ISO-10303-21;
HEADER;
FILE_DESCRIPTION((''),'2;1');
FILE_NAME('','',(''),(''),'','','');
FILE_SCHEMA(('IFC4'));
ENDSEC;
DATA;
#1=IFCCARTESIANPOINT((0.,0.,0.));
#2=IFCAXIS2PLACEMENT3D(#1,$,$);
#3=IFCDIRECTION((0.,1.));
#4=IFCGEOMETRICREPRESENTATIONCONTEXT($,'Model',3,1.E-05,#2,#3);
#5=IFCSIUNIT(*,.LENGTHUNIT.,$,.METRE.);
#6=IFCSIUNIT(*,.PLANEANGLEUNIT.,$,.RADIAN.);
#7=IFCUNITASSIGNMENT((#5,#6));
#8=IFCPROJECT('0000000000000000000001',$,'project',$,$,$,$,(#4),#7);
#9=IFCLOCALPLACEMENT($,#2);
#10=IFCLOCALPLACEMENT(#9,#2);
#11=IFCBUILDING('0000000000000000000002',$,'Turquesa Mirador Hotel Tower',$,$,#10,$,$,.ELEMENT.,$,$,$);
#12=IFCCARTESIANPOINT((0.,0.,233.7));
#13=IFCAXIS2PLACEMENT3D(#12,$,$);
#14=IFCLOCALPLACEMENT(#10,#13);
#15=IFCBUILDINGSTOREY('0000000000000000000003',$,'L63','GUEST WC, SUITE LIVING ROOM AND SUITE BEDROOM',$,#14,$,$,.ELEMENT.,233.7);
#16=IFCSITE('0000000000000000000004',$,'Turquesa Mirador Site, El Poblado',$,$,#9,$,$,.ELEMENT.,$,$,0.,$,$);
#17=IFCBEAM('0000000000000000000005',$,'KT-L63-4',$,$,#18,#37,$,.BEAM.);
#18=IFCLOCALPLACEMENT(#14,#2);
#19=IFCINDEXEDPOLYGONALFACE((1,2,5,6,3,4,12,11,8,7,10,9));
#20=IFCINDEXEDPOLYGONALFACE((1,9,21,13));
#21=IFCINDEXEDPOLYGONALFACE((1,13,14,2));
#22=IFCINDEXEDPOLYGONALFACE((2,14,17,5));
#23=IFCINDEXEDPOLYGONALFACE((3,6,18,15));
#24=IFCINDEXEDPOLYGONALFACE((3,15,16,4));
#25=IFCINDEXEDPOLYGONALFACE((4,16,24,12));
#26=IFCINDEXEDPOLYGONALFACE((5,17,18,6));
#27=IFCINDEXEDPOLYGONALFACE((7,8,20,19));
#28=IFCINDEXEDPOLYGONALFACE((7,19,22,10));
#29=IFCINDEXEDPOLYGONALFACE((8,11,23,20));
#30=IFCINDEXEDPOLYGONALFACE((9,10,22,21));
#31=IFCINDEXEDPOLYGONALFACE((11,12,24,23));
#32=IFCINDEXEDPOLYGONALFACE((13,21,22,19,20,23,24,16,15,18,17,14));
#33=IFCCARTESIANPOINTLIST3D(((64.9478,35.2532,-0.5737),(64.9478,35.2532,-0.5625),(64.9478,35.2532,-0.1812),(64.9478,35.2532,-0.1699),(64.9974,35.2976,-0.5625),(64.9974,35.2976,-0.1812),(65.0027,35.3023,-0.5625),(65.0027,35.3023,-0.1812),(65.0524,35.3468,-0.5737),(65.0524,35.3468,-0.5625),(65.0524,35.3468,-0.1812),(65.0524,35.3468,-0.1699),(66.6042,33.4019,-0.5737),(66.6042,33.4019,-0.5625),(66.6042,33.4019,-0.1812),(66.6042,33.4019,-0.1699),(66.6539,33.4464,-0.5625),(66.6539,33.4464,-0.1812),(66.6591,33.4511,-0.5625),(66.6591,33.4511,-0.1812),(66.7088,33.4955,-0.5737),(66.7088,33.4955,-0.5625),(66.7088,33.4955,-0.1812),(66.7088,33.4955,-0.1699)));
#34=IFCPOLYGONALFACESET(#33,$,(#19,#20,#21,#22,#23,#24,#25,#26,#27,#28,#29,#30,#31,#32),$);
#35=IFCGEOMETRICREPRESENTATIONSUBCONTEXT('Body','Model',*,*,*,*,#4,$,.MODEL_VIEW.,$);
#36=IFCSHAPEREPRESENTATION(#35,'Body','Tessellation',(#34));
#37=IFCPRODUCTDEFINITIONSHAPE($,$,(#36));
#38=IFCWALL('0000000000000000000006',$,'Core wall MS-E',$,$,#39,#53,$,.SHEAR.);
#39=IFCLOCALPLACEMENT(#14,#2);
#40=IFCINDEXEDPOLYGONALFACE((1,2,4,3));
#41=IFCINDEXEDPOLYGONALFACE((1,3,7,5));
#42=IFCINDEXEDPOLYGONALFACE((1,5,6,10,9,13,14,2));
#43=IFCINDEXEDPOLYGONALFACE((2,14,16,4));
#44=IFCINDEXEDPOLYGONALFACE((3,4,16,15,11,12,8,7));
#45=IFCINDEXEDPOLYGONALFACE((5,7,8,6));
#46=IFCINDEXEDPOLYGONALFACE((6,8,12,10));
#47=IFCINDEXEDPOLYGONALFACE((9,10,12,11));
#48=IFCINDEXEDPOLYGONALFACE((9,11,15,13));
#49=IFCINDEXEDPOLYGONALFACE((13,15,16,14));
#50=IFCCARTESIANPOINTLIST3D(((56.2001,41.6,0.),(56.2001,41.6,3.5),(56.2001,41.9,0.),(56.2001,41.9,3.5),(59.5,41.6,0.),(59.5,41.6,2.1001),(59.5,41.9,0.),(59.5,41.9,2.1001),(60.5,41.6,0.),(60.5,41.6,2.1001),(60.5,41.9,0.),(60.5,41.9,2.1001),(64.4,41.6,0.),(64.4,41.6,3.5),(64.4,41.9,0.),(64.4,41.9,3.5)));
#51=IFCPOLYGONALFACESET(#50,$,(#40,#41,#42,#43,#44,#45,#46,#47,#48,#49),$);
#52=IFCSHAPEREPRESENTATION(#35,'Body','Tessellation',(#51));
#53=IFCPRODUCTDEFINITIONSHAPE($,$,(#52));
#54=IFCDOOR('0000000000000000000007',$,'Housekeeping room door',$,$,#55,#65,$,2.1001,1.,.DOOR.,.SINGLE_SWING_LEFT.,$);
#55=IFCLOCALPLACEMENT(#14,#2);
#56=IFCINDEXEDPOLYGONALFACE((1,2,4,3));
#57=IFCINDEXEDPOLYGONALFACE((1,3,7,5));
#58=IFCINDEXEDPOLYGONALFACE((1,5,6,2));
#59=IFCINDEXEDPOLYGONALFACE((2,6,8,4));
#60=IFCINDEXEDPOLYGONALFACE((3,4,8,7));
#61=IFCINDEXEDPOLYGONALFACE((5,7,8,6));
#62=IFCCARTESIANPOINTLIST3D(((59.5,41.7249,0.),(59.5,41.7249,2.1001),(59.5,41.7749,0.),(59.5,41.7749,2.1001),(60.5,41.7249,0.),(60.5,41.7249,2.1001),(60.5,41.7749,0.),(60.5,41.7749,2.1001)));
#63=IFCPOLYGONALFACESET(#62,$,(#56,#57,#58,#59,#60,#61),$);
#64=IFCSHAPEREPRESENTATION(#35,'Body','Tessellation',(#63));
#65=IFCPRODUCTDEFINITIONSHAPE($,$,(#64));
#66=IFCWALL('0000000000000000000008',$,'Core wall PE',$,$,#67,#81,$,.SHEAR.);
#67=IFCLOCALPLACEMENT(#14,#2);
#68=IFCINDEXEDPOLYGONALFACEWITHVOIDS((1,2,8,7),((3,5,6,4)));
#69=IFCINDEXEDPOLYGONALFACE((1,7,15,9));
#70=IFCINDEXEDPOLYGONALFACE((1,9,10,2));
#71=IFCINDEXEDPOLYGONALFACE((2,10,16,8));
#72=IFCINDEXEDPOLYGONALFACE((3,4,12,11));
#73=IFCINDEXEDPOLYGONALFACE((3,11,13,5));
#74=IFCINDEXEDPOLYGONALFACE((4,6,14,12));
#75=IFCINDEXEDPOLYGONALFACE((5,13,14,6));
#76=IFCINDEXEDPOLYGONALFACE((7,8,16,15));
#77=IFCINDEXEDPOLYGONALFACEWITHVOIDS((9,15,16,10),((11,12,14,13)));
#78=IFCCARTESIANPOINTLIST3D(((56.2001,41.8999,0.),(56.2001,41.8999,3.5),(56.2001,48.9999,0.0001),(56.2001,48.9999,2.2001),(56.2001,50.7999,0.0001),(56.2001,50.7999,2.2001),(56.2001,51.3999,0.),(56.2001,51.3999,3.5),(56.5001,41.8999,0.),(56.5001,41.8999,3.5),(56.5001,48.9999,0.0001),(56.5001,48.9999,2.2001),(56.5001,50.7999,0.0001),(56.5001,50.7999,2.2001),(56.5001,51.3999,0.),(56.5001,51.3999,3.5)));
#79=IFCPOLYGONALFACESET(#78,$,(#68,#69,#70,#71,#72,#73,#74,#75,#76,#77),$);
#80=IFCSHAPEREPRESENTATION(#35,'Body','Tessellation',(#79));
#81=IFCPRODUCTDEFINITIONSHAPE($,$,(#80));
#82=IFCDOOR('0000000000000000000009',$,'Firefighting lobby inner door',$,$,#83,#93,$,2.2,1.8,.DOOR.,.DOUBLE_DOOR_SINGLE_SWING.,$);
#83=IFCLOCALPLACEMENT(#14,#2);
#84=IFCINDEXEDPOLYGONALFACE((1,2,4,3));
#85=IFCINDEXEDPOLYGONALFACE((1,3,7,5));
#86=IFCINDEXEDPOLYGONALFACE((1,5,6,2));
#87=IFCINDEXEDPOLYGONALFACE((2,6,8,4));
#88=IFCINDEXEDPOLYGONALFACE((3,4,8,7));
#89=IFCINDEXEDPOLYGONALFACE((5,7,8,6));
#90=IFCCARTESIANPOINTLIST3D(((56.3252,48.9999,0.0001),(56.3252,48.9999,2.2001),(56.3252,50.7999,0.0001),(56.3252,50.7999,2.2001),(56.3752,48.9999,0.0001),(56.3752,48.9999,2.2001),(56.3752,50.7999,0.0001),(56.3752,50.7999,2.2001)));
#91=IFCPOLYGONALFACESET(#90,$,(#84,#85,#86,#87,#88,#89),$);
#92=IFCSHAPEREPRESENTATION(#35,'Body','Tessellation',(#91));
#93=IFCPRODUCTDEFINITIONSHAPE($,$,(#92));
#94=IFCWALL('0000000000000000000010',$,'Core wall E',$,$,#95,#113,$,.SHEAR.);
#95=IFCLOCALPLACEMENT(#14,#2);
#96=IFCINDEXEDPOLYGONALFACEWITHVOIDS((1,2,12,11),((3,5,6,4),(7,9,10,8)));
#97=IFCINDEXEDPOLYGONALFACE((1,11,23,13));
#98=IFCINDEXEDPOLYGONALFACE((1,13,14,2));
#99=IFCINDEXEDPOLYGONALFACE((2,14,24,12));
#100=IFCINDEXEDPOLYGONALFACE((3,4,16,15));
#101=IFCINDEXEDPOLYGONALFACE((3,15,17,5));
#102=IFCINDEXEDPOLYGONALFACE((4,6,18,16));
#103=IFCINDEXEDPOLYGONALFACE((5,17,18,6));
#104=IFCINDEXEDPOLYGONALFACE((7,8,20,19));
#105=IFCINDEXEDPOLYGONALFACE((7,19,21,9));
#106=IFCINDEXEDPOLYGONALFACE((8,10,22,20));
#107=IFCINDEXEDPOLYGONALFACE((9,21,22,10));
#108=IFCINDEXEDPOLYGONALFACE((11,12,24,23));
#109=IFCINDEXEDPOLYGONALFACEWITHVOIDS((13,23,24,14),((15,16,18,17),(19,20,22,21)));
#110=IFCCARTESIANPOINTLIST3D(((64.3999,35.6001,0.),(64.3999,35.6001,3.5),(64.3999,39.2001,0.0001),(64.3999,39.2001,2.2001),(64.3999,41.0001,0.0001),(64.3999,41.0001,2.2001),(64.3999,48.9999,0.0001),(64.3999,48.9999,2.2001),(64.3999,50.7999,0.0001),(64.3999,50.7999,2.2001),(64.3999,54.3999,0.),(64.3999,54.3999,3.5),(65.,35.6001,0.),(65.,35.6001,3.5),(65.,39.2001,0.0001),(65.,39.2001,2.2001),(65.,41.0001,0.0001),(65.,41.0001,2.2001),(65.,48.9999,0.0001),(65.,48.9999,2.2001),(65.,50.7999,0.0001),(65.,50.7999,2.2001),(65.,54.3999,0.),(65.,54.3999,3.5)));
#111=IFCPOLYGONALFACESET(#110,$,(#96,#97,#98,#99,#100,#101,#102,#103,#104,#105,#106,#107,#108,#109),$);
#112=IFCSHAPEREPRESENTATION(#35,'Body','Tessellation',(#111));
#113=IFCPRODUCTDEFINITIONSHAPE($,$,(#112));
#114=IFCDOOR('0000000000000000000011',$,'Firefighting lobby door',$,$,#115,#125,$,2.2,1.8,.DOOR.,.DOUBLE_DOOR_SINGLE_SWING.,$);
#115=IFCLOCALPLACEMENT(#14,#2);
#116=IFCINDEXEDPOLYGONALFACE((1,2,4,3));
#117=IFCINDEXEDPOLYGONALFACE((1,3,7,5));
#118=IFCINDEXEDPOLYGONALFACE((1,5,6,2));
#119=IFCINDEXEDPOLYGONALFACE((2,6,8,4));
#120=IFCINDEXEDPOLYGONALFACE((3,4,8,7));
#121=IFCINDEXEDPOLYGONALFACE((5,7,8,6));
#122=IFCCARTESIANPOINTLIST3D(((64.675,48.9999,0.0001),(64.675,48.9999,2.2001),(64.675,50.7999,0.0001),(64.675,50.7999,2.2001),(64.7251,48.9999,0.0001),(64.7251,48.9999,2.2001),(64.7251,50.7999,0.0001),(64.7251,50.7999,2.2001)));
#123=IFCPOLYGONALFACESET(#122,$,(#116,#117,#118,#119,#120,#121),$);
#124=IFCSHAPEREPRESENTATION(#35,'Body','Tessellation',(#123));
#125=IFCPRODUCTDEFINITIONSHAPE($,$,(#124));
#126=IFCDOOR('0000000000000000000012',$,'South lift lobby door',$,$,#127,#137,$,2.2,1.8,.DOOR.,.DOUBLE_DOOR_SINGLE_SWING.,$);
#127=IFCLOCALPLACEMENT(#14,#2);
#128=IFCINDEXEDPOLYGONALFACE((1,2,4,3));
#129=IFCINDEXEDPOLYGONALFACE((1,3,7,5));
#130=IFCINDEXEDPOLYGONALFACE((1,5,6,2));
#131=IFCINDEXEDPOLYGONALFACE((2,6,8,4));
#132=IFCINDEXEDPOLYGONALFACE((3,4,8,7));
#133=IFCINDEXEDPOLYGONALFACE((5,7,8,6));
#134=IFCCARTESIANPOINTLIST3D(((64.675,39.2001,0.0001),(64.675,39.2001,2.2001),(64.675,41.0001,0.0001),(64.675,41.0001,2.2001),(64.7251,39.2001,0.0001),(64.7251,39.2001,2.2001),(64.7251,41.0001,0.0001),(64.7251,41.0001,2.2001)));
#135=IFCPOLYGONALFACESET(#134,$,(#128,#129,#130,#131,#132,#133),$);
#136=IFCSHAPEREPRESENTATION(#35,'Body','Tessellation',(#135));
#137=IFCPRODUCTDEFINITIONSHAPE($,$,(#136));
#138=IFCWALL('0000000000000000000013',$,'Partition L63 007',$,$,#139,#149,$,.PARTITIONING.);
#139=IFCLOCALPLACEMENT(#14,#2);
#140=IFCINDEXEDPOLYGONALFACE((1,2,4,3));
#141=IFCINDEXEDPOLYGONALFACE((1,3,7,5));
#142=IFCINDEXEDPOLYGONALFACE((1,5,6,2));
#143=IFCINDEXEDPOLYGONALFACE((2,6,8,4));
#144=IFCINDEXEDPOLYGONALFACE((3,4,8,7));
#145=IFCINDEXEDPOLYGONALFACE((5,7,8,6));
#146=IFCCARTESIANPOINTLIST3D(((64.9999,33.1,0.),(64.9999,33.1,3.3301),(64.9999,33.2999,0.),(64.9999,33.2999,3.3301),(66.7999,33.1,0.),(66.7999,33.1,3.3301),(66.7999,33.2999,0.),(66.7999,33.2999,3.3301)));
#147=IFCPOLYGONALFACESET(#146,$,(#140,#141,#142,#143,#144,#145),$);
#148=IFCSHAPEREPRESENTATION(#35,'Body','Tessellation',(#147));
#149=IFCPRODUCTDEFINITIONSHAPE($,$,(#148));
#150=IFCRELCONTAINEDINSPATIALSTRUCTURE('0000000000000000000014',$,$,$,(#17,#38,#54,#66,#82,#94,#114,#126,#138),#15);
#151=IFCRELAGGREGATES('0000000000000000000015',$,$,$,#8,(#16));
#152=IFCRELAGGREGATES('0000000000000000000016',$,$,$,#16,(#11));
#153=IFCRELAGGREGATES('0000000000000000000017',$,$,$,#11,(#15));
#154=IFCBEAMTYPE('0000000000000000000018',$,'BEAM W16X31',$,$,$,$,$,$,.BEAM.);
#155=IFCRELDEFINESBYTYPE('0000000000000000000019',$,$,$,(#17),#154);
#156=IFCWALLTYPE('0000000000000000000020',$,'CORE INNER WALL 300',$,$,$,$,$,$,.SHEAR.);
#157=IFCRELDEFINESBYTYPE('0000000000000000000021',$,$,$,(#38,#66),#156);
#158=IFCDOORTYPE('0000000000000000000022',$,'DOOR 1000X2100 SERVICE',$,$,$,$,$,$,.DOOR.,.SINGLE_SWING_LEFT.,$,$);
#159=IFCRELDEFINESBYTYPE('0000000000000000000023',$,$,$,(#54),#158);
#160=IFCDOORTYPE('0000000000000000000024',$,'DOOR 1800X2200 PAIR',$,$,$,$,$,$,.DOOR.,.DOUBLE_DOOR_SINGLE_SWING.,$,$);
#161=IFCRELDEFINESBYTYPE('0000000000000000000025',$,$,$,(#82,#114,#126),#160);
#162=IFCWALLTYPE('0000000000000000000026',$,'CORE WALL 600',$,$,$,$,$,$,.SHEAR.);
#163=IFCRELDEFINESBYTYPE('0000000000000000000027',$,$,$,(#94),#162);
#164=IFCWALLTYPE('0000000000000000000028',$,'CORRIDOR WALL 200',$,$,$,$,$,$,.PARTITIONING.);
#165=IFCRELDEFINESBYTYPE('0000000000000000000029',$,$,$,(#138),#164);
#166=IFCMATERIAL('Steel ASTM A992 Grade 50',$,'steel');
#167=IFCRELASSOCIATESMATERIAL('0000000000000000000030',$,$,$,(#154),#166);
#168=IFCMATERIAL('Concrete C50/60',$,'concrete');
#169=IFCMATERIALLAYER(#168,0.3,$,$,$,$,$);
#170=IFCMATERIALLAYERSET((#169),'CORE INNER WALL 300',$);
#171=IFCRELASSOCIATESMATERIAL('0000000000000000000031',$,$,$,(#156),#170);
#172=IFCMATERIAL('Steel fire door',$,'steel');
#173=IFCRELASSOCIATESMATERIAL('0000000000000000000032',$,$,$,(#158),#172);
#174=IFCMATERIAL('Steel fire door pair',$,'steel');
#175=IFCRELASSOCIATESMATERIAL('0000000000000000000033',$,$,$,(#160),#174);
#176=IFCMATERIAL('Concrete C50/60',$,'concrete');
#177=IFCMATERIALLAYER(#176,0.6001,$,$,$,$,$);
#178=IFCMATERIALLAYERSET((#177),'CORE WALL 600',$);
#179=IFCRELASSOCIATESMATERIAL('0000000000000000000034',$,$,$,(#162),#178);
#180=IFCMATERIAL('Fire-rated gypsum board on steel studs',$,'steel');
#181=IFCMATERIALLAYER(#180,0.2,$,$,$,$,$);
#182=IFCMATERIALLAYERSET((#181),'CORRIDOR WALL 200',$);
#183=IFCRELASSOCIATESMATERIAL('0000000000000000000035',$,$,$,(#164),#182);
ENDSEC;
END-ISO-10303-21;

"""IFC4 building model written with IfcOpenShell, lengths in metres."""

from ifc_helpers import new_model, si_unit, direction, frame, frame_2d, origin, origin_2d, place, context, subcontext, project, spatial, rectangle, i_section, extrude, material, layer, layer_set, material_profile, profile_set, type_object, element, fill, save


model = new_model("IFC4")

# Units and contexts
model_context = context("Model", 3, precision=1e-05, world=origin(), true_north=direction((0.0, 1.0)))
body_context = subcontext(model_context, "Body", "Model", "MODEL_VIEW")
ifc_project = project(units=[si_unit("LENGTHUNIT", "METRE"), si_unit("PLANEANGLEUNIT", "RADIAN")], contexts=[model_context])

# Site, building, storey
site_placement = place(None, origin())
site = spatial("IfcSite", under=ifc_project, at=site_placement, Name="Turquesa Mirador Site, El Poblado", CompositionType="ELEMENT", RefElevation=0.0)
building_placement = place(site_placement, origin())
building = spatial("IfcBuilding", under=site, at=building_placement, Name="Turquesa Mirador Hotel Tower", CompositionType="ELEMENT")
storey_placement = place(building_placement, frame((0.0, 0.0, 233.7)))
storey = spatial("IfcBuildingStorey", under=building, at=storey_placement, Name="L63", Description="GUEST WC, SUITE LIVING ROOM AND SUITE BEDROOM", CompositionType="ELEMENT", Elevation=233.7)

# Beam
ifc_material_1 = material(Name="Steel ASTM A992 Grade 50", Category="steel")
ifc_material_profile = material_profile(ifc_material_1, i_section(OverallWidth=0.1404, OverallDepth=0.4038, WebThickness=0.0071, FlangeThickness=0.0112, at=origin_2d()), Name="W16X31")
ifc_profile_set = profile_set([ifc_material_profile], Name="Steel ASTM A992 Grade 50")
beam_type = type_object("IfcBeamType", Name="BEAM W16X31", PredefinedType="BEAM", material=ifc_profile_set)
beam_placement = place(storey_placement, frame((66.6565, 33.4487, -0.3718), z_axis=(-0.666806, 0.745231, 0.0), x_axis=(-0.745231, -0.666806, 0.0)))
element("IfcBeam", 1, at=beam_placement, inside=storey, type_object=beam_type, Name="KT-L63-4", PredefinedType="BEAM", context=body_context, shape_type="SweptSolid", body=[
    extrude(i_section(OverallWidth=0.1404, OverallDepth=0.4038, WebThickness=0.0071, FlangeThickness=0.0112, at=origin_2d()), origin(), (0.0, 0.0, 1.0), 2.4841),
])

# Walls, openings, doors
ifc_material_2 = material(Name="Concrete C50/60", Category="concrete")
ifc_layer_1 = layer(ifc_material_2, 0.3)
ifc_layer_set_1 = layer_set([ifc_layer_1], Name="CORE INNER WALL 300")
wall_type_1 = type_object("IfcWallType", Name="CORE INNER WALL 300", PredefinedType="SHEAR", material=ifc_layer_set_1)
wall_1_placement = place(storey_placement, frame((56.2, 41.75, 0.0), z_axis=(0.0, 0.0, 1.0), x_axis=(1.0, 0.0, 0.0)))
wall_1 = element("IfcWall", 2, at=wall_1_placement, inside=storey, type_object=wall_type_1, Name="Core wall MS-E", PredefinedType="SHEAR", context=body_context, shape_type="SweptSolid", body=[
    extrude(rectangle(XDim=8.2, YDim=0.3, at=frame_2d((4.1001, 0.0))), origin(), (0.0, 0.0, 1.0), 3.5),
])
opening_1_placement = place(wall_1_placement, frame((3.3, 0.0, 0.0)))
opening_1 = element("IfcOpeningElement", 3, at=opening_1_placement, cuts=wall_1, PredefinedType="OPENING", context=body_context, shape_type="SweptSolid", body=[
    extrude(rectangle(XDim=1.0, YDim=2.1001, at=frame_2d((0.5, 1.05))), frame((0.0, 0.1599, 0.0), z_axis=(0.0, -1.0, 0.0), x_axis=(1.0, 0.0, 0.0)), (0.0, 0.0, 1.0), 0.3201),
])
ifc_material_3 = material(Name="Steel fire door", Category="steel")
door_type_1 = type_object("IfcDoorType", Name="DOOR 1000X2100 SERVICE", OperationType="SINGLE_SWING_LEFT", PredefinedType="DOOR", material=ifc_material_3)
door_1_placement = place(opening_1_placement, origin())
door_1 = element("IfcDoor", 4, at=door_1_placement, inside=storey, type_object=door_type_1, Name="Housekeeping room door", OperationType="SINGLE_SWING_LEFT", OverallHeight=2.1001, OverallWidth=1.0, PredefinedType="DOOR", context=body_context, shape_type="SweptSolid", body=[
    extrude(rectangle(XDim=1.0, YDim=2.1001, at=frame_2d((0.5, 1.05))), frame((0.0, 0.0249, 0.0), z_axis=(0.0, -1.0, 0.0), x_axis=(1.0, 0.0, 0.0)), (0.0, 0.0, 1.0), 0.05),
])
fill(opening_1, door_1)
wall_2_placement = place(storey_placement, frame((56.3501, 41.8999, 0.0), z_axis=(0.0, 0.0, 1.0), x_axis=(0.0, 1.0, 0.0)))
wall_2 = element("IfcWall", 5, at=wall_2_placement, inside=storey, type_object=wall_type_1, Name="Core wall PE", PredefinedType="SHEAR", context=body_context, shape_type="SweptSolid", body=[
    extrude(rectangle(XDim=9.5, YDim=0.3, at=frame_2d((4.75, 0.0))), origin(), (0.0, 0.0, 1.0), 3.5),
])
opening_2_placement = place(wall_2_placement, frame((7.1001, 0.0, 0.0)))
opening_2 = element("IfcOpeningElement", 6, at=opening_2_placement, cuts=wall_2, PredefinedType="OPENING", context=body_context, shape_type="SweptSolid", body=[
    extrude(rectangle(XDim=1.8, YDim=2.2, at=frame_2d((0.8999, 1.1001))), frame((0.0, 0.1599, 0.0), z_axis=(0.0, -1.0, 0.0), x_axis=(1.0, 0.0, 0.0)), (0.0, 0.0, 1.0), 0.3201),
])
ifc_material_4 = material(Name="Steel fire door pair", Category="steel")
door_type_2 = type_object("IfcDoorType", Name="DOOR 1800X2200 PAIR", OperationType="DOUBLE_DOOR_SINGLE_SWING", PredefinedType="DOOR", material=ifc_material_4)
door_2_placement = place(opening_2_placement, origin())
door_2 = element("IfcDoor", 7, at=door_2_placement, inside=storey, type_object=door_type_2, Name="Firefighting lobby inner door", OperationType="DOUBLE_DOOR_SINGLE_SWING", OverallHeight=2.2, OverallWidth=1.8, PredefinedType="DOOR", context=body_context, shape_type="SweptSolid", body=[
    extrude(rectangle(XDim=1.8, YDim=2.2, at=frame_2d((0.8999, 1.1001))), frame((0.0, 0.0249, 0.0), z_axis=(0.0, -1.0, 0.0), x_axis=(1.0, 0.0, 0.0)), (0.0, 0.0, 1.0), 0.05),
])
fill(opening_2, door_2)

# Wall, openings, doors
ifc_material_5 = material(Name="Concrete C50/60", Category="concrete")
ifc_layer_2 = layer(ifc_material_5, 0.6001)
ifc_layer_set_2 = layer_set([ifc_layer_2], Name="CORE WALL 600")
wall_type_2 = type_object("IfcWallType", Name="CORE WALL 600", PredefinedType="SHEAR", material=ifc_layer_set_2)
wall_3_placement = place(storey_placement, frame((64.7, 35.6001, 0.0), z_axis=(0.0, 0.0, 1.0), x_axis=(0.0, 1.0, 0.0)))
wall_3 = element("IfcWall", 8, at=wall_3_placement, inside=storey, type_object=wall_type_2, Name="Core wall E", PredefinedType="SHEAR", context=body_context, shape_type="SweptSolid", body=[
    extrude(rectangle(XDim=18.7998, YDim=0.6001, at=frame_2d((9.3999, 0.0))), origin(), (0.0, 0.0, 1.0), 3.5),
])
opening_3_placement = place(wall_3_placement, frame((13.3999, 0.0, 0.0)))
opening_3 = element("IfcOpeningElement", 9, at=opening_3_placement, cuts=wall_3, PredefinedType="OPENING", context=body_context, shape_type="SweptSolid", body=[
    extrude(rectangle(XDim=1.8, YDim=2.2, at=frame_2d((0.8999, 1.1001))), frame((0.0, 0.3101, 0.0), z_axis=(0.0, -1.0, 0.0), x_axis=(1.0, 0.0, 0.0)), (0.0, 0.0, 1.0), 0.6201),
])
opening_4_placement = place(wall_3_placement, frame((3.6001, 0.0, 0.0)))
opening_4 = element("IfcOpeningElement", 10, at=opening_4_placement, cuts=wall_3, PredefinedType="OPENING", context=body_context, shape_type="SweptSolid", body=[
    extrude(rectangle(XDim=1.8, YDim=2.2, at=frame_2d((0.8999, 1.1001))), frame((0.0, 0.3101, 0.0), z_axis=(0.0, -1.0, 0.0), x_axis=(1.0, 0.0, 0.0)), (0.0, 0.0, 1.0), 0.6201),
])
door_3_placement = place(opening_3_placement, origin())
door_3 = element("IfcDoor", 11, at=door_3_placement, inside=storey, type_object=door_type_2, Name="Firefighting lobby door", OperationType="DOUBLE_DOOR_SINGLE_SWING", OverallHeight=2.2, OverallWidth=1.8, PredefinedType="DOOR", context=body_context, shape_type="SweptSolid", body=[
    extrude(rectangle(XDim=1.8, YDim=2.2, at=frame_2d((0.8999, 1.1001))), frame((0.0, 0.0249, 0.0), z_axis=(0.0, -1.0, 0.0), x_axis=(1.0, 0.0, 0.0)), (0.0, 0.0, 1.0), 0.05),
])
fill(opening_3, door_3)
door_4_placement = place(opening_4_placement, origin())
door_4 = element("IfcDoor", 12, at=door_4_placement, inside=storey, type_object=door_type_2, Name="South lift lobby door", OperationType="DOUBLE_DOOR_SINGLE_SWING", OverallHeight=2.2, OverallWidth=1.8, PredefinedType="DOOR", context=body_context, shape_type="SweptSolid", body=[
    extrude(rectangle(XDim=1.8, YDim=2.2, at=frame_2d((0.8999, 1.1001))), frame((0.0, 0.0249, 0.0), z_axis=(0.0, -1.0, 0.0), x_axis=(1.0, 0.0, 0.0)), (0.0, 0.0, 1.0), 0.05),
])
fill(opening_4, door_4)

# Wall
ifc_material_6 = material(Name="Fire-rated gypsum board on steel studs", Category="steel")
ifc_layer_3 = layer(ifc_material_6, 0.2)
ifc_layer_set_3 = layer_set([ifc_layer_3], Name="CORRIDOR WALL 200")
wall_type_3 = type_object("IfcWallType", Name="CORRIDOR WALL 200", PredefinedType="PARTITIONING", material=ifc_layer_set_3)
wall_4_placement = place(storey_placement, frame((65.0, 33.2, 0.0), z_axis=(0.0, 0.0, 1.0), x_axis=(1.0, 0.0, 0.0)))
element("IfcWall", 13, at=wall_4_placement, inside=storey, type_object=wall_type_3, Name="Partition L63 007", PredefinedType="PARTITIONING", context=body_context, shape_type="SweptSolid", body=[
    extrude(rectangle(XDim=1.8, YDim=0.2, at=frame_2d((0.8999, 0.0))), origin(), (0.0, 0.0, 1.0), 3.3301),
])

save(model, "model.ifc")
